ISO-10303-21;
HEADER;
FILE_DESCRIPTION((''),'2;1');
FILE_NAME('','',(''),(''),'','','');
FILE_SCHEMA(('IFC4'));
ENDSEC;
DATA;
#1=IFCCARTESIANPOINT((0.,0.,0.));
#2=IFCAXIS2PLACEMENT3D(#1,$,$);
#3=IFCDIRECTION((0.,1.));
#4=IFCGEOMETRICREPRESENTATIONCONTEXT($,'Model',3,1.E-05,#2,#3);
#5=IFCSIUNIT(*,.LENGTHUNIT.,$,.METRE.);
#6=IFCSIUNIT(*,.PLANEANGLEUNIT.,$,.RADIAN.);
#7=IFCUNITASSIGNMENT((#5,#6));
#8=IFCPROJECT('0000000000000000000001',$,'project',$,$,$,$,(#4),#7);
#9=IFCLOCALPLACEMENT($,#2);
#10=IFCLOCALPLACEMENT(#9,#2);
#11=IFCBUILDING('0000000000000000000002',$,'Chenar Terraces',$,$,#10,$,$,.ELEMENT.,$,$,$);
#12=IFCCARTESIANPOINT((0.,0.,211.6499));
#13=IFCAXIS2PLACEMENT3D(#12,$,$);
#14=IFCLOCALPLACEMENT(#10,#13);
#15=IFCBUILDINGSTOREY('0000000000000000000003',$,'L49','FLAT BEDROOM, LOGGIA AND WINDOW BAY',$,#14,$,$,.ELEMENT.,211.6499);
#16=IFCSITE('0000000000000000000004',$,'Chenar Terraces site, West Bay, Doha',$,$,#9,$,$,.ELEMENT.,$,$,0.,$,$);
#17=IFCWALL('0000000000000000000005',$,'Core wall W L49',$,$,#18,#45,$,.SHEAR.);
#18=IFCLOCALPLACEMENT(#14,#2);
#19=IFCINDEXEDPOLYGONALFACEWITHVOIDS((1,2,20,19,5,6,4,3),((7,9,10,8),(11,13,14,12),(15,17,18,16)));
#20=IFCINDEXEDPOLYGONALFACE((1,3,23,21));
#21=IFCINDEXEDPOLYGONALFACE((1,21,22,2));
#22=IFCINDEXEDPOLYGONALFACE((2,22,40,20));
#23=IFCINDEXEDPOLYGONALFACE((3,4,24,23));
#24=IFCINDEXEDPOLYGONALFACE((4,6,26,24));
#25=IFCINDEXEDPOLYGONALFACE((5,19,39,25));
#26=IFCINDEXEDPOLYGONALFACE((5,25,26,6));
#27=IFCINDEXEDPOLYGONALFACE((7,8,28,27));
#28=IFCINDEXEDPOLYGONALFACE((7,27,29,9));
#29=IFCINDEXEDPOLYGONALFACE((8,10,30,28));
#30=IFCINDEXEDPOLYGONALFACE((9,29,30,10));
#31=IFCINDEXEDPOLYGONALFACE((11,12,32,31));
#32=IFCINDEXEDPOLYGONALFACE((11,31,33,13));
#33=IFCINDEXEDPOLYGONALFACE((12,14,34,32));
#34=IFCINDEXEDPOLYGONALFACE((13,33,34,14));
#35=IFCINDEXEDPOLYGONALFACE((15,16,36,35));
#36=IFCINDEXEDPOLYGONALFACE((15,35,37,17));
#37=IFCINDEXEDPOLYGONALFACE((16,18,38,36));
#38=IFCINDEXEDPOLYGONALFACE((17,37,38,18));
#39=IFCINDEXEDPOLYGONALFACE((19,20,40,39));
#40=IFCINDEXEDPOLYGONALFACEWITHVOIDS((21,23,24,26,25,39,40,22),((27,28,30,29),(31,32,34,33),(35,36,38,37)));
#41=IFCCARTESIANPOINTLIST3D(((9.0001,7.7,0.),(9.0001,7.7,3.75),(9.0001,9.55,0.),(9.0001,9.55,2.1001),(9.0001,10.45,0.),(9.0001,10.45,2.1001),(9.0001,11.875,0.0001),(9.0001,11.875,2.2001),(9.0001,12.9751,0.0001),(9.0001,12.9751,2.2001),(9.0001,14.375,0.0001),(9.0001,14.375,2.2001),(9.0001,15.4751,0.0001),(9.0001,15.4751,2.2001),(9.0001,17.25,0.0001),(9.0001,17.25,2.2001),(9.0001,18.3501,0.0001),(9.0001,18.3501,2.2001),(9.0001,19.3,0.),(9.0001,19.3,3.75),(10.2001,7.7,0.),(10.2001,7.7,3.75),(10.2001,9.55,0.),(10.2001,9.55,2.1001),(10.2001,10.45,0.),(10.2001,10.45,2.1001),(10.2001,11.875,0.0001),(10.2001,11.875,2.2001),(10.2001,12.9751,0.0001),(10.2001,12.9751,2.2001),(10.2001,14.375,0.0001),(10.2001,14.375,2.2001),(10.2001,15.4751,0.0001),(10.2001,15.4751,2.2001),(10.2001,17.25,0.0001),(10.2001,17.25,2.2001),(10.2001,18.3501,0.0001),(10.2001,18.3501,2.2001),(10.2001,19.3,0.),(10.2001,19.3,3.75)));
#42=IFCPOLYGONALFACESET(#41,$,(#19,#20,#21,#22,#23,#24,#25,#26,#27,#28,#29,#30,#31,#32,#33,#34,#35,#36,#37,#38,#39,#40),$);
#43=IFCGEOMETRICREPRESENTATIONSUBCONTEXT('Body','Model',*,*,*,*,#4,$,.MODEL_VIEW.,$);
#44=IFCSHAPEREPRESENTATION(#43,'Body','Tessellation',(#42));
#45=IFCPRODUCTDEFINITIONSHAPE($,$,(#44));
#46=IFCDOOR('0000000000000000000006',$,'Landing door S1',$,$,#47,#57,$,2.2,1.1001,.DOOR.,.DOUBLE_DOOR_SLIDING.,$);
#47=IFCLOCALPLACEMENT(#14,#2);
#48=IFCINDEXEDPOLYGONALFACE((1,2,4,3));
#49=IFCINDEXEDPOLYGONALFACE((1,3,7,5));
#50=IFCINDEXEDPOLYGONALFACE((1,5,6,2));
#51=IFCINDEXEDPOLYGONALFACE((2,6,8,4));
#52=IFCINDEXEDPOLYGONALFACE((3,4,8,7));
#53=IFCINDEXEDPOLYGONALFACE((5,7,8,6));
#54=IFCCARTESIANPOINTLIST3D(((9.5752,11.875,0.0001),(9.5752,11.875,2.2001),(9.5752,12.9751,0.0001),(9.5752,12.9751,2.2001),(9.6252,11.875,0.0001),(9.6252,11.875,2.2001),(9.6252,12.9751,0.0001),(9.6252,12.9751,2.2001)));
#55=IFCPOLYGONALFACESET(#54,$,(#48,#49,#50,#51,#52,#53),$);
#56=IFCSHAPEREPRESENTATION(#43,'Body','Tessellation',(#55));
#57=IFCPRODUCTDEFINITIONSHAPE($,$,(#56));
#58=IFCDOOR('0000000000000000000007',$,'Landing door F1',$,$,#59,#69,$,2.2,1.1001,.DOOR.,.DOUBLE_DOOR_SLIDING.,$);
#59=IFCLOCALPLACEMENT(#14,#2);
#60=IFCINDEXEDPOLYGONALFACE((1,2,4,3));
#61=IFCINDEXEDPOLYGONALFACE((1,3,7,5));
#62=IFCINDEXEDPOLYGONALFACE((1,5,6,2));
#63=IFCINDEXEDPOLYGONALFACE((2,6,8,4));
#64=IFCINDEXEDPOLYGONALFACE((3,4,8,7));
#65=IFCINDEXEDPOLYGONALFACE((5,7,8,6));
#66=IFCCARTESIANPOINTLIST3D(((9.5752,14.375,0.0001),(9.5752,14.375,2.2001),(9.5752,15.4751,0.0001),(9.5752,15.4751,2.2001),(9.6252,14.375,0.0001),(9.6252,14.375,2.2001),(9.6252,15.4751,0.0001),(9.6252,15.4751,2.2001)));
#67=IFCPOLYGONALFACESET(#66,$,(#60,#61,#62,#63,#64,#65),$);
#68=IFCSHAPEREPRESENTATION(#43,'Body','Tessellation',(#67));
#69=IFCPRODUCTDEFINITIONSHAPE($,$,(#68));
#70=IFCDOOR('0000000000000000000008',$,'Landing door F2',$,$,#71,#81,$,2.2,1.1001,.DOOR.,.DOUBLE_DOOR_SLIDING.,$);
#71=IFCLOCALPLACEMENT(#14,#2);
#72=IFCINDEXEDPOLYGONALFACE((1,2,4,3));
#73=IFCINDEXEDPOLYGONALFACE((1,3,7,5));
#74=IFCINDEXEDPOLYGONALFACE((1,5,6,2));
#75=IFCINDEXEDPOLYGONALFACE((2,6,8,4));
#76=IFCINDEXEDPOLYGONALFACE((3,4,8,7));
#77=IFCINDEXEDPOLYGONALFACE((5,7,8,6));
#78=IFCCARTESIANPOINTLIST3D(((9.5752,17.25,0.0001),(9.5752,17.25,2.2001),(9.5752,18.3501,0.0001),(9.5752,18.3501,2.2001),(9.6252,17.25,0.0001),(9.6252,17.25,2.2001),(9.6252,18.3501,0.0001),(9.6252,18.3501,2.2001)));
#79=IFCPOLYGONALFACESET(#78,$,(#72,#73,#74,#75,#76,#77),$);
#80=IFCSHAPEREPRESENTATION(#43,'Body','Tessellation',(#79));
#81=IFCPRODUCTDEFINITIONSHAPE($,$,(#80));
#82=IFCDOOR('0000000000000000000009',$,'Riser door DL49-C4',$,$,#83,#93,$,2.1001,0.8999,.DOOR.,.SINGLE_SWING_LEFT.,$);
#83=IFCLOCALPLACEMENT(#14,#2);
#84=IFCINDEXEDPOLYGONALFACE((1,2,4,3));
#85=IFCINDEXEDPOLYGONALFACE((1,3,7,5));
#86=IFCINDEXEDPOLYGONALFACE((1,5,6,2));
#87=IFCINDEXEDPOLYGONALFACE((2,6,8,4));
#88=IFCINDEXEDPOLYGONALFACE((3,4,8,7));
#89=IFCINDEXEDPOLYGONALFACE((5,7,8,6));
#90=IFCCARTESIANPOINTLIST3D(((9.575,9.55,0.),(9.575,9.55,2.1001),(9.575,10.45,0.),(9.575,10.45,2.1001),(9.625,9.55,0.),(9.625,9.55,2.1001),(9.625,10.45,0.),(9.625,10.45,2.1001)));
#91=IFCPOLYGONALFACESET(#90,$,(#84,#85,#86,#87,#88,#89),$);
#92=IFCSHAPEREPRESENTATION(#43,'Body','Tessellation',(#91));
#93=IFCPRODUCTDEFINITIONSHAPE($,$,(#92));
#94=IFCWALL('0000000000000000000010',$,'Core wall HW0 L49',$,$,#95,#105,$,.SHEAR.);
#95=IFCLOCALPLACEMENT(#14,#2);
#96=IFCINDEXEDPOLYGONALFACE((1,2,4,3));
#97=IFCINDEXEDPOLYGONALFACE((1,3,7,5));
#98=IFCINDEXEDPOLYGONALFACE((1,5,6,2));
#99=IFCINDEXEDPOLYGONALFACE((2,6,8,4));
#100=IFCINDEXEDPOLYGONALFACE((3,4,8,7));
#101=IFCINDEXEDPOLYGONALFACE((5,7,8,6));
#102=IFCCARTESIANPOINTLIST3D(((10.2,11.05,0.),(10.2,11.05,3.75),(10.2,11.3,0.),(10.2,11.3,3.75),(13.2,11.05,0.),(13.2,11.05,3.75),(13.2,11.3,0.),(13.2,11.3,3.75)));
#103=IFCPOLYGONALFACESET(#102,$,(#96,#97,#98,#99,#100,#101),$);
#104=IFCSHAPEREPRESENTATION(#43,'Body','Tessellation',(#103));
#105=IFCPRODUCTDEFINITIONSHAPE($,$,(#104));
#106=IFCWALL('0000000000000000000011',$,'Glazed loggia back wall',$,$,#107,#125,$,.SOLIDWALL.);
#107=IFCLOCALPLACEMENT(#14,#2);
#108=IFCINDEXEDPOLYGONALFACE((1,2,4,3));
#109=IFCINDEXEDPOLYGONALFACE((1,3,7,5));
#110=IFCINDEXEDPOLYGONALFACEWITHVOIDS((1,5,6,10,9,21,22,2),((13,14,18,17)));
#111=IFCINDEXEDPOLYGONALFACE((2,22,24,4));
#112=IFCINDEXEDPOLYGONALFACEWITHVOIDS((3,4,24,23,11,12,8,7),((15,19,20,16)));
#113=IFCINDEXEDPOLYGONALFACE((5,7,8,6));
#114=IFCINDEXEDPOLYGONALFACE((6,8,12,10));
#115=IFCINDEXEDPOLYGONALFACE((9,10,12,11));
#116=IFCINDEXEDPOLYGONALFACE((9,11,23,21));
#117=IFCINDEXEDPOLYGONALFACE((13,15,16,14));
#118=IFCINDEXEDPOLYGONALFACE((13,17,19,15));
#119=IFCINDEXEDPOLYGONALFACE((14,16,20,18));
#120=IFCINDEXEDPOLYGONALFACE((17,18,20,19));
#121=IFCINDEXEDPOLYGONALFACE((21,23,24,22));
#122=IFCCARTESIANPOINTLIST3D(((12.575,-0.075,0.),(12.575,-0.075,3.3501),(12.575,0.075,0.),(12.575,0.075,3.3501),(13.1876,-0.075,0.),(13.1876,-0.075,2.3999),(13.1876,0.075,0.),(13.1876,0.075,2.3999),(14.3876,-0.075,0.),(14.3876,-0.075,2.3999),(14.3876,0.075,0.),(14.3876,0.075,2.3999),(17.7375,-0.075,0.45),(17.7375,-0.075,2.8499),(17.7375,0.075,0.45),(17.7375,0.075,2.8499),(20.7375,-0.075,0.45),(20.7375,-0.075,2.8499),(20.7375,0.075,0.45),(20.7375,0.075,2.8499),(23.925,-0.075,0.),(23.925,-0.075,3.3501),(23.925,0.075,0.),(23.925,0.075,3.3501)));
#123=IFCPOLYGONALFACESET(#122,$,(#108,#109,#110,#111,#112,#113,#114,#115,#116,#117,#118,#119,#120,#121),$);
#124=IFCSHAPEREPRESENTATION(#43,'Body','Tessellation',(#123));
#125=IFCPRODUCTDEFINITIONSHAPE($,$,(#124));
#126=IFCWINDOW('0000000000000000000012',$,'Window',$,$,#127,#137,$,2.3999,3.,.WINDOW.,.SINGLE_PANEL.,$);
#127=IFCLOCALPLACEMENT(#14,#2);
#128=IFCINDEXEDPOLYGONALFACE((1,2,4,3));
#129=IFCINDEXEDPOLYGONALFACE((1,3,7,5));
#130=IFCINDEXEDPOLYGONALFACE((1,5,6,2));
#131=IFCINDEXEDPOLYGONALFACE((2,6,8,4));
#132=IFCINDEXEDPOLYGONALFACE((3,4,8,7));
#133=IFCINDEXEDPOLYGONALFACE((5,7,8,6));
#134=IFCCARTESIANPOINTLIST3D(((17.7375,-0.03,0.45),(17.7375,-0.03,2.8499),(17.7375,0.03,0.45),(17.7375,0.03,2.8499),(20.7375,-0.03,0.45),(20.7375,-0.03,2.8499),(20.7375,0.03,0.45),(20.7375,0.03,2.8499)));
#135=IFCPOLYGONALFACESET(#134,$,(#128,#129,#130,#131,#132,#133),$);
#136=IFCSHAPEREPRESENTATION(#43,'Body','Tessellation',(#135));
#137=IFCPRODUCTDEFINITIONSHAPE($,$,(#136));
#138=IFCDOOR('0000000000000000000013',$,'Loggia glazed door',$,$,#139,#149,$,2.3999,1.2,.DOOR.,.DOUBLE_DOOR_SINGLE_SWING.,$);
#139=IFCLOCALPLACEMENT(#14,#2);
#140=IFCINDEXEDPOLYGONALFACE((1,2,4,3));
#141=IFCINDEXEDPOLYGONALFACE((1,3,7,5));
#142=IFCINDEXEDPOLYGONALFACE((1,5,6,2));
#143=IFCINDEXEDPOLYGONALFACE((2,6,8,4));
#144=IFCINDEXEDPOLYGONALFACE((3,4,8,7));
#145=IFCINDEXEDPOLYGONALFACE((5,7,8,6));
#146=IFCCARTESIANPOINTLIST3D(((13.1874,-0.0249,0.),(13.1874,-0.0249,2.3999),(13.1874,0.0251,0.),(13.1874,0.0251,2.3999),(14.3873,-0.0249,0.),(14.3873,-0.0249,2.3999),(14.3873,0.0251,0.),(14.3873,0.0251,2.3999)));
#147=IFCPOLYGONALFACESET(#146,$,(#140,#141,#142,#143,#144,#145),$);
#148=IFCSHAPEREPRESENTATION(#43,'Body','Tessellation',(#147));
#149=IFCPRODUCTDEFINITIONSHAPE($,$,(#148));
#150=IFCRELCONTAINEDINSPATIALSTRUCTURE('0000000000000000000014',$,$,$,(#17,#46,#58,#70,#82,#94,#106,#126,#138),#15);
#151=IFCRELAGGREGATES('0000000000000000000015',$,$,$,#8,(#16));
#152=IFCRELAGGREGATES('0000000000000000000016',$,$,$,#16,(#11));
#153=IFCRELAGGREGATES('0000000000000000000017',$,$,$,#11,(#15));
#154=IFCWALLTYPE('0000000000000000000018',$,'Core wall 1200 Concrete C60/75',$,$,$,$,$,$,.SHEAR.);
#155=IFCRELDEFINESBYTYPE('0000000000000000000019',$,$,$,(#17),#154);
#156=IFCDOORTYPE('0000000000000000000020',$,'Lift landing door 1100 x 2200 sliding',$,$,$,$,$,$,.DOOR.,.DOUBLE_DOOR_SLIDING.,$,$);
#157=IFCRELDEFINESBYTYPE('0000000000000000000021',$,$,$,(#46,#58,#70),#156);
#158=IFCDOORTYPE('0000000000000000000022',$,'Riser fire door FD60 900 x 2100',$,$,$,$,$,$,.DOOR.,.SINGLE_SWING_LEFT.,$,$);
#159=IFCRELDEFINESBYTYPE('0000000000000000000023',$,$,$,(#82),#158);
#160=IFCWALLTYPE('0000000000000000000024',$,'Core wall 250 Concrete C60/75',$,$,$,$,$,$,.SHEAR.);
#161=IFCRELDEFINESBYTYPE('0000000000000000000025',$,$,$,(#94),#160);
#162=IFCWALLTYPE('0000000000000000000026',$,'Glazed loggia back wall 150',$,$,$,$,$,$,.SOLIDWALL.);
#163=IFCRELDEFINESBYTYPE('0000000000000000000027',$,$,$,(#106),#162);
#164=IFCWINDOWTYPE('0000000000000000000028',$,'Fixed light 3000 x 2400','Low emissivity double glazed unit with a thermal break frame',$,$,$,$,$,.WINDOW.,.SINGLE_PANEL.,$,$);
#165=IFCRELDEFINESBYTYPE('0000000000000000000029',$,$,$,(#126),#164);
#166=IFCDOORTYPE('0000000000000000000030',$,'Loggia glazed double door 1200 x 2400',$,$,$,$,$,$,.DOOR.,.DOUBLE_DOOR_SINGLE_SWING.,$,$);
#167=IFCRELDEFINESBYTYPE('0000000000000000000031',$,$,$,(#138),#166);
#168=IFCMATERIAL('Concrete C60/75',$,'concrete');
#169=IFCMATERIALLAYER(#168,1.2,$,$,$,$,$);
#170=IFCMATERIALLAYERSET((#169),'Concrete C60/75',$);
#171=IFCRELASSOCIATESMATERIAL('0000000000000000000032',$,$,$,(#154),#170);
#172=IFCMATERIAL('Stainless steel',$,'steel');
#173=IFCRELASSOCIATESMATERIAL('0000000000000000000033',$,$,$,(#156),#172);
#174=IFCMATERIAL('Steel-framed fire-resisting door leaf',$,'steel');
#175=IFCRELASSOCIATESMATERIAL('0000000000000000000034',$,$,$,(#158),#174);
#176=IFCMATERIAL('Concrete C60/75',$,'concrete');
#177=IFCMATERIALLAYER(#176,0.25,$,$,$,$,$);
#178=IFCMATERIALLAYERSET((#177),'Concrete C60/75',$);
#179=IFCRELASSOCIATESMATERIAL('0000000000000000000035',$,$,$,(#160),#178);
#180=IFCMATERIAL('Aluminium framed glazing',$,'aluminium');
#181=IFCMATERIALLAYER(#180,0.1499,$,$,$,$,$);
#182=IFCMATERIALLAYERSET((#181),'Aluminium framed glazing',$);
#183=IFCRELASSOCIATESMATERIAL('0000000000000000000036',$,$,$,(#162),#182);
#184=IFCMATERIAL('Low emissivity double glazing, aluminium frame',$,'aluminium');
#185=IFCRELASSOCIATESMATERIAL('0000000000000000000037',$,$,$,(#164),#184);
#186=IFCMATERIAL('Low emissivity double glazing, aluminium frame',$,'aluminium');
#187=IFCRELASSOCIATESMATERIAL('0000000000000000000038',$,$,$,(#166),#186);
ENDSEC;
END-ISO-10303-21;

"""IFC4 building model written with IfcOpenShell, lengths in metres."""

from ifc_helpers import new_model, si_unit, direction, frame, frame_2d, origin, place, context, subcontext, project, spatial, rectangle, extrude, material, layer, layer_set, type_object, element, fill, save


model = new_model("IFC4")

# Units and contexts
model_context = context("Model", 3, precision=1e-05, world=origin(), true_north=direction((0.0, 1.0)))
body_context = subcontext(model_context, "Body", "Model", "MODEL_VIEW")
ifc_project = project(units=[si_unit("LENGTHUNIT", "METRE"), si_unit("PLANEANGLEUNIT", "RADIAN")], contexts=[model_context])

# Site, building, storey
site_placement = place(None, origin())
site = spatial("IfcSite", under=ifc_project, at=site_placement, Name="Chenar Terraces site, West Bay, Doha", CompositionType="ELEMENT", RefElevation=0.0)
building_placement = place(site_placement, origin())
building = spatial("IfcBuilding", under=site, at=building_placement, Name="Chenar Terraces", CompositionType="ELEMENT")
storey_placement = place(building_placement, frame((0.0, 0.0, 211.6499)))
storey = spatial("IfcBuildingStorey", under=building, at=storey_placement, Name="L49", Description="FLAT BEDROOM, LOGGIA AND WINDOW BAY", CompositionType="ELEMENT", Elevation=211.6499)

# Wall, openings, doors
ifc_material_1 = material(Name="Concrete C60/75", Category="concrete")
ifc_layer_1 = layer(ifc_material_1, 1.2)
ifc_layer_set_1 = layer_set([ifc_layer_1], Name="Concrete C60/75")
wall_type_1 = type_object("IfcWallType", Name="Core wall 1200 Concrete C60/75", PredefinedType="SHEAR", material=ifc_layer_set_1)
wall_1_placement = place(storey_placement, frame((9.6001, 7.7, 0.0), z_axis=(0.0, 0.0, 1.0), x_axis=(0.0, 1.0, 0.0)))
wall_1 = element("IfcWall", 1, at=wall_1_placement, inside=storey, type_object=wall_type_1, Name="Core wall W L49", PredefinedType="SHEAR", context=body_context, shape_type="SweptSolid", body=[
    extrude(rectangle(XDim=11.6001, YDim=1.2, at=frame_2d((5.8, 0.0))), origin(), (0.0, 0.0, 1.0), 3.75),
])
opening_1_placement = place(wall_1_placement, frame((4.175, 0.0, 0.0)))
opening_1 = element("IfcOpeningElement", 2, at=opening_1_placement, cuts=wall_1, PredefinedType="OPENING", context=body_context, shape_type="SweptSolid", body=[
    extrude(rectangle(XDim=1.1001, YDim=2.2, at=frame_2d((0.55, 1.1001))), frame((0.0, 0.6099, 0.0), z_axis=(0.0, -1.0, 0.0), x_axis=(1.0, 0.0, 0.0)), (0.0, 0.0, 1.0), 1.22),
])
opening_2_placement = place(wall_1_placement, frame((6.675, 0.0, 0.0)))
opening_2 = element("IfcOpeningElement", 3, at=opening_2_placement, cuts=wall_1, PredefinedType="OPENING", context=body_context, shape_type="SweptSolid", body=[
    extrude(rectangle(XDim=1.1001, YDim=2.2, at=frame_2d((0.55, 1.1001))), frame((0.0, 0.6099, 0.0), z_axis=(0.0, -1.0, 0.0), x_axis=(1.0, 0.0, 0.0)), (0.0, 0.0, 1.0), 1.22),
])
opening_3_placement = place(wall_1_placement, frame((9.55, 0.0, 0.0)))
opening_3 = element("IfcOpeningElement", 4, at=opening_3_placement, cuts=wall_1, PredefinedType="OPENING", context=body_context, shape_type="SweptSolid", body=[
    extrude(rectangle(XDim=1.1001, YDim=2.2, at=frame_2d((0.55, 1.1001))), frame((0.0, 0.6099, 0.0), z_axis=(0.0, -1.0, 0.0), x_axis=(1.0, 0.0, 0.0)), (0.0, 0.0, 1.0), 1.22),
])
opening_4_placement = place(wall_1_placement, frame((1.8501, 0.0, 0.0)))
opening_4 = element("IfcOpeningElement", 5, at=opening_4_placement, cuts=wall_1, PredefinedType="OPENING", context=body_context, shape_type="SweptSolid", body=[
    extrude(rectangle(XDim=0.8999, YDim=2.1001, at=frame_2d((0.45, 1.05))), frame((0.0, 0.6099, 0.0), z_axis=(0.0, -1.0, 0.0), x_axis=(1.0, 0.0, 0.0)), (0.0, 0.0, 1.0), 1.22),
])
ifc_material_2 = material(Name="Stainless steel", Category="steel")
door_type_1 = type_object("IfcDoorType", Name="Lift landing door 1100 x 2200 sliding", OperationType="DOUBLE_DOOR_SLIDING", PredefinedType="DOOR", material=ifc_material_2)
door_1_placement = place(opening_1_placement, origin())
door_1 = element("IfcDoor", 6, at=door_1_placement, inside=storey, type_object=door_type_1, Name="Landing door S1", OperationType="DOUBLE_DOOR_SLIDING", OverallHeight=2.2, OverallWidth=1.1001, PredefinedType="DOOR", context=body_context, shape_type="SweptSolid", body=[
    extrude(rectangle(XDim=1.1001, YDim=2.2, at=frame_2d((0.55, 1.1001))), frame((0.0, 0.0249, 0.0), z_axis=(0.0, -1.0, 0.0), x_axis=(1.0, 0.0, 0.0)), (0.0, 0.0, 1.0), 0.05),
])
fill(opening_1, door_1)
door_2_placement = place(opening_2_placement, origin())
door_2 = element("IfcDoor", 7, at=door_2_placement, inside=storey, type_object=door_type_1, Name="Landing door F1", OperationType="DOUBLE_DOOR_SLIDING", OverallHeight=2.2, OverallWidth=1.1001, PredefinedType="DOOR", context=body_context, shape_type="SweptSolid", body=[
    extrude(rectangle(XDim=1.1001, YDim=2.2, at=frame_2d((0.55, 1.1001))), frame((0.0, 0.0249, 0.0), z_axis=(0.0, -1.0, 0.0), x_axis=(1.0, 0.0, 0.0)), (0.0, 0.0, 1.0), 0.05),
])
fill(opening_2, door_2)
door_3_placement = place(opening_3_placement, origin())
door_3 = element("IfcDoor", 8, at=door_3_placement, inside=storey, type_object=door_type_1, Name="Landing door F2", OperationType="DOUBLE_DOOR_SLIDING", OverallHeight=2.2, OverallWidth=1.1001, PredefinedType="DOOR", context=body_context, shape_type="SweptSolid", body=[
    extrude(rectangle(XDim=1.1001, YDim=2.2, at=frame_2d((0.55, 1.1001))), frame((0.0, 0.0249, 0.0), z_axis=(0.0, -1.0, 0.0), x_axis=(1.0, 0.0, 0.0)), (0.0, 0.0, 1.0), 0.05),
])
fill(opening_3, door_3)
ifc_material_3 = material(Name="Steel-framed fire-resisting door leaf", Category="steel")
door_type_2 = type_object("IfcDoorType", Name="Riser fire door FD60 900 x 2100", OperationType="SINGLE_SWING_LEFT", PredefinedType="DOOR", material=ifc_material_3)
door_4_placement = place(opening_4_placement, frame((0.8999, 0.0, 0.0), z_axis=(0.0, 0.0, 1.0), x_axis=(-1.0, 0.0, 0.0)))
door_4 = element("IfcDoor", 9, at=door_4_placement, inside=storey, type_object=door_type_2, Name="Riser door DL49-C4", OperationType="SINGLE_SWING_LEFT", OverallHeight=2.1001, OverallWidth=0.8999, PredefinedType="DOOR", context=body_context, shape_type="SweptSolid", body=[
    extrude(rectangle(XDim=0.8999, YDim=2.1001, at=frame_2d((0.45, 1.05))), frame((0.0, 0.0249, 0.0), z_axis=(0.0, -1.0, 0.0), x_axis=(1.0, 0.0, 0.0)), (0.0, 0.0, 1.0), 0.05),
])
fill(opening_4, door_4)

# Wall
ifc_material_4 = material(Name="Concrete C60/75", Category="concrete")
ifc_layer_2 = layer(ifc_material_4, 0.25)
ifc_layer_set_2 = layer_set([ifc_layer_2], Name="Concrete C60/75")
wall_type_2 = type_object("IfcWallType", Name="Core wall 250 Concrete C60/75", PredefinedType="SHEAR", material=ifc_layer_set_2)
wall_2_placement = place(storey_placement, frame((10.2, 11.175, 0.0), z_axis=(0.0, 0.0, 1.0), x_axis=(1.0, 0.0, 0.0)))
element("IfcWall", 10, at=wall_2_placement, inside=storey, type_object=wall_type_2, Name="Core wall HW0 L49", PredefinedType="SHEAR", context=body_context, shape_type="SweptSolid", body=[
    extrude(rectangle(XDim=3.0, YDim=0.25, at=frame_2d((1.5, 0.0))), origin(), (0.0, 0.0, 1.0), 3.75),
])

# Wall, openings, window, door
ifc_material_5 = material(Name="Aluminium framed glazing", Category="aluminium")
ifc_layer_3 = layer(ifc_material_5, 0.1499)
ifc_layer_set_3 = layer_set([ifc_layer_3], Name="Aluminium framed glazing")
wall_type_3 = type_object("IfcWallType", Name="Glazed loggia back wall 150", PredefinedType="SOLIDWALL", material=ifc_layer_set_3)
wall_3_placement = place(storey_placement, frame((12.575, 0.0, 0.0), z_axis=(0.0, 0.0, 1.0), x_axis=(1.0, 0.0, 0.0)))
wall_3 = element("IfcWall", 11, at=wall_3_placement, inside=storey, type_object=wall_type_3, Name="Glazed loggia back wall", PredefinedType="SOLIDWALL", context=body_context, shape_type="SweptSolid", body=[
    extrude(rectangle(XDim=11.3501, YDim=0.1499, at=frame_2d((5.675, 0.0))), origin(), (0.0, 0.0, 1.0), 3.3501),
])
opening_5_placement = place(wall_3_placement, frame((0.6125, 0.0, 0.0)))
opening_5 = element("IfcOpeningElement", 12, at=opening_5_placement, cuts=wall_3, PredefinedType="OPENING", context=body_context, shape_type="SweptSolid", body=[
    extrude(rectangle(XDim=1.2, YDim=2.3999, at=frame_2d((0.6001, 1.2))), frame((0.0, 0.085, 0.0), z_axis=(0.0, -1.0, 0.0), x_axis=(1.0, 0.0, 0.0)), (0.0, 0.0, 1.0), 0.1699),
])
opening_6_placement = place(wall_3_placement, frame((5.1626, 0.0, 0.45)))
opening_6 = element("IfcOpeningElement", 13, at=opening_6_placement, cuts=wall_3, PredefinedType="OPENING", context=body_context, shape_type="SweptSolid", body=[
    extrude(rectangle(XDim=3.0, YDim=2.3999, at=frame_2d((1.5, 1.2))), frame((0.0, 0.085, 0.0), z_axis=(0.0, -1.0, 0.0), x_axis=(1.0, 0.0, 0.0)), (0.0, 0.0, 1.0), 0.1699),
])
ifc_material_6 = material(Name="Low emissivity double glazing, aluminium frame", Category="aluminium")
window_type = type_object("IfcWindowType", Name="Fixed light 3000 x 2400", Description="Low emissivity double glazed unit with a thermal break frame", PartitioningType="SINGLE_PANEL", PredefinedType="WINDOW", material=ifc_material_6)
window_placement = place(opening_6_placement, origin())
window = element("IfcWindow", 14, at=window_placement, inside=storey, type_object=window_type, Name="Window", OverallHeight=2.3999, OverallWidth=3.0, PartitioningType="SINGLE_PANEL", PredefinedType="WINDOW", context=body_context, shape_type="SweptSolid", body=[
    extrude(rectangle(XDim=3.0, YDim=2.3999, at=frame_2d((1.5, 1.2))), frame((0.0, 0.03, 0.0), z_axis=(0.0, -1.0, 0.0), x_axis=(1.0, 0.0, 0.0)), (0.0, 0.0, 1.0), 0.0601),
])
fill(opening_6, window)
ifc_material_7 = material(Name="Low emissivity double glazing, aluminium frame", Category="aluminium")
door_type_3 = type_object("IfcDoorType", Name="Loggia glazed double door 1200 x 2400", OperationType="DOUBLE_DOOR_SINGLE_SWING", PredefinedType="DOOR", material=ifc_material_7)
door_5_placement = place(opening_5_placement, frame((1.2, 0.0, 0.0), z_axis=(0.0, 0.0, 1.0), x_axis=(-1.0, 0.0, 0.0)))
door_5 = element("IfcDoor", 15, at=door_5_placement, inside=storey, type_object=door_type_3, Name="Loggia glazed door", OperationType="DOUBLE_DOOR_SINGLE_SWING", OverallHeight=2.3999, OverallWidth=1.2, PredefinedType="DOOR", context=body_context, shape_type="SweptSolid", body=[
    extrude(rectangle(XDim=1.2, YDim=2.3999, at=frame_2d((0.6001, 1.2))), frame((0.0, 0.0249, 0.0), z_axis=(0.0, -1.0, 0.0), x_axis=(1.0, 0.0, 0.0)), (0.0, 0.0, 1.0), 0.05),
])
fill(opening_5, door_5)

save(model, "model.ifc")
